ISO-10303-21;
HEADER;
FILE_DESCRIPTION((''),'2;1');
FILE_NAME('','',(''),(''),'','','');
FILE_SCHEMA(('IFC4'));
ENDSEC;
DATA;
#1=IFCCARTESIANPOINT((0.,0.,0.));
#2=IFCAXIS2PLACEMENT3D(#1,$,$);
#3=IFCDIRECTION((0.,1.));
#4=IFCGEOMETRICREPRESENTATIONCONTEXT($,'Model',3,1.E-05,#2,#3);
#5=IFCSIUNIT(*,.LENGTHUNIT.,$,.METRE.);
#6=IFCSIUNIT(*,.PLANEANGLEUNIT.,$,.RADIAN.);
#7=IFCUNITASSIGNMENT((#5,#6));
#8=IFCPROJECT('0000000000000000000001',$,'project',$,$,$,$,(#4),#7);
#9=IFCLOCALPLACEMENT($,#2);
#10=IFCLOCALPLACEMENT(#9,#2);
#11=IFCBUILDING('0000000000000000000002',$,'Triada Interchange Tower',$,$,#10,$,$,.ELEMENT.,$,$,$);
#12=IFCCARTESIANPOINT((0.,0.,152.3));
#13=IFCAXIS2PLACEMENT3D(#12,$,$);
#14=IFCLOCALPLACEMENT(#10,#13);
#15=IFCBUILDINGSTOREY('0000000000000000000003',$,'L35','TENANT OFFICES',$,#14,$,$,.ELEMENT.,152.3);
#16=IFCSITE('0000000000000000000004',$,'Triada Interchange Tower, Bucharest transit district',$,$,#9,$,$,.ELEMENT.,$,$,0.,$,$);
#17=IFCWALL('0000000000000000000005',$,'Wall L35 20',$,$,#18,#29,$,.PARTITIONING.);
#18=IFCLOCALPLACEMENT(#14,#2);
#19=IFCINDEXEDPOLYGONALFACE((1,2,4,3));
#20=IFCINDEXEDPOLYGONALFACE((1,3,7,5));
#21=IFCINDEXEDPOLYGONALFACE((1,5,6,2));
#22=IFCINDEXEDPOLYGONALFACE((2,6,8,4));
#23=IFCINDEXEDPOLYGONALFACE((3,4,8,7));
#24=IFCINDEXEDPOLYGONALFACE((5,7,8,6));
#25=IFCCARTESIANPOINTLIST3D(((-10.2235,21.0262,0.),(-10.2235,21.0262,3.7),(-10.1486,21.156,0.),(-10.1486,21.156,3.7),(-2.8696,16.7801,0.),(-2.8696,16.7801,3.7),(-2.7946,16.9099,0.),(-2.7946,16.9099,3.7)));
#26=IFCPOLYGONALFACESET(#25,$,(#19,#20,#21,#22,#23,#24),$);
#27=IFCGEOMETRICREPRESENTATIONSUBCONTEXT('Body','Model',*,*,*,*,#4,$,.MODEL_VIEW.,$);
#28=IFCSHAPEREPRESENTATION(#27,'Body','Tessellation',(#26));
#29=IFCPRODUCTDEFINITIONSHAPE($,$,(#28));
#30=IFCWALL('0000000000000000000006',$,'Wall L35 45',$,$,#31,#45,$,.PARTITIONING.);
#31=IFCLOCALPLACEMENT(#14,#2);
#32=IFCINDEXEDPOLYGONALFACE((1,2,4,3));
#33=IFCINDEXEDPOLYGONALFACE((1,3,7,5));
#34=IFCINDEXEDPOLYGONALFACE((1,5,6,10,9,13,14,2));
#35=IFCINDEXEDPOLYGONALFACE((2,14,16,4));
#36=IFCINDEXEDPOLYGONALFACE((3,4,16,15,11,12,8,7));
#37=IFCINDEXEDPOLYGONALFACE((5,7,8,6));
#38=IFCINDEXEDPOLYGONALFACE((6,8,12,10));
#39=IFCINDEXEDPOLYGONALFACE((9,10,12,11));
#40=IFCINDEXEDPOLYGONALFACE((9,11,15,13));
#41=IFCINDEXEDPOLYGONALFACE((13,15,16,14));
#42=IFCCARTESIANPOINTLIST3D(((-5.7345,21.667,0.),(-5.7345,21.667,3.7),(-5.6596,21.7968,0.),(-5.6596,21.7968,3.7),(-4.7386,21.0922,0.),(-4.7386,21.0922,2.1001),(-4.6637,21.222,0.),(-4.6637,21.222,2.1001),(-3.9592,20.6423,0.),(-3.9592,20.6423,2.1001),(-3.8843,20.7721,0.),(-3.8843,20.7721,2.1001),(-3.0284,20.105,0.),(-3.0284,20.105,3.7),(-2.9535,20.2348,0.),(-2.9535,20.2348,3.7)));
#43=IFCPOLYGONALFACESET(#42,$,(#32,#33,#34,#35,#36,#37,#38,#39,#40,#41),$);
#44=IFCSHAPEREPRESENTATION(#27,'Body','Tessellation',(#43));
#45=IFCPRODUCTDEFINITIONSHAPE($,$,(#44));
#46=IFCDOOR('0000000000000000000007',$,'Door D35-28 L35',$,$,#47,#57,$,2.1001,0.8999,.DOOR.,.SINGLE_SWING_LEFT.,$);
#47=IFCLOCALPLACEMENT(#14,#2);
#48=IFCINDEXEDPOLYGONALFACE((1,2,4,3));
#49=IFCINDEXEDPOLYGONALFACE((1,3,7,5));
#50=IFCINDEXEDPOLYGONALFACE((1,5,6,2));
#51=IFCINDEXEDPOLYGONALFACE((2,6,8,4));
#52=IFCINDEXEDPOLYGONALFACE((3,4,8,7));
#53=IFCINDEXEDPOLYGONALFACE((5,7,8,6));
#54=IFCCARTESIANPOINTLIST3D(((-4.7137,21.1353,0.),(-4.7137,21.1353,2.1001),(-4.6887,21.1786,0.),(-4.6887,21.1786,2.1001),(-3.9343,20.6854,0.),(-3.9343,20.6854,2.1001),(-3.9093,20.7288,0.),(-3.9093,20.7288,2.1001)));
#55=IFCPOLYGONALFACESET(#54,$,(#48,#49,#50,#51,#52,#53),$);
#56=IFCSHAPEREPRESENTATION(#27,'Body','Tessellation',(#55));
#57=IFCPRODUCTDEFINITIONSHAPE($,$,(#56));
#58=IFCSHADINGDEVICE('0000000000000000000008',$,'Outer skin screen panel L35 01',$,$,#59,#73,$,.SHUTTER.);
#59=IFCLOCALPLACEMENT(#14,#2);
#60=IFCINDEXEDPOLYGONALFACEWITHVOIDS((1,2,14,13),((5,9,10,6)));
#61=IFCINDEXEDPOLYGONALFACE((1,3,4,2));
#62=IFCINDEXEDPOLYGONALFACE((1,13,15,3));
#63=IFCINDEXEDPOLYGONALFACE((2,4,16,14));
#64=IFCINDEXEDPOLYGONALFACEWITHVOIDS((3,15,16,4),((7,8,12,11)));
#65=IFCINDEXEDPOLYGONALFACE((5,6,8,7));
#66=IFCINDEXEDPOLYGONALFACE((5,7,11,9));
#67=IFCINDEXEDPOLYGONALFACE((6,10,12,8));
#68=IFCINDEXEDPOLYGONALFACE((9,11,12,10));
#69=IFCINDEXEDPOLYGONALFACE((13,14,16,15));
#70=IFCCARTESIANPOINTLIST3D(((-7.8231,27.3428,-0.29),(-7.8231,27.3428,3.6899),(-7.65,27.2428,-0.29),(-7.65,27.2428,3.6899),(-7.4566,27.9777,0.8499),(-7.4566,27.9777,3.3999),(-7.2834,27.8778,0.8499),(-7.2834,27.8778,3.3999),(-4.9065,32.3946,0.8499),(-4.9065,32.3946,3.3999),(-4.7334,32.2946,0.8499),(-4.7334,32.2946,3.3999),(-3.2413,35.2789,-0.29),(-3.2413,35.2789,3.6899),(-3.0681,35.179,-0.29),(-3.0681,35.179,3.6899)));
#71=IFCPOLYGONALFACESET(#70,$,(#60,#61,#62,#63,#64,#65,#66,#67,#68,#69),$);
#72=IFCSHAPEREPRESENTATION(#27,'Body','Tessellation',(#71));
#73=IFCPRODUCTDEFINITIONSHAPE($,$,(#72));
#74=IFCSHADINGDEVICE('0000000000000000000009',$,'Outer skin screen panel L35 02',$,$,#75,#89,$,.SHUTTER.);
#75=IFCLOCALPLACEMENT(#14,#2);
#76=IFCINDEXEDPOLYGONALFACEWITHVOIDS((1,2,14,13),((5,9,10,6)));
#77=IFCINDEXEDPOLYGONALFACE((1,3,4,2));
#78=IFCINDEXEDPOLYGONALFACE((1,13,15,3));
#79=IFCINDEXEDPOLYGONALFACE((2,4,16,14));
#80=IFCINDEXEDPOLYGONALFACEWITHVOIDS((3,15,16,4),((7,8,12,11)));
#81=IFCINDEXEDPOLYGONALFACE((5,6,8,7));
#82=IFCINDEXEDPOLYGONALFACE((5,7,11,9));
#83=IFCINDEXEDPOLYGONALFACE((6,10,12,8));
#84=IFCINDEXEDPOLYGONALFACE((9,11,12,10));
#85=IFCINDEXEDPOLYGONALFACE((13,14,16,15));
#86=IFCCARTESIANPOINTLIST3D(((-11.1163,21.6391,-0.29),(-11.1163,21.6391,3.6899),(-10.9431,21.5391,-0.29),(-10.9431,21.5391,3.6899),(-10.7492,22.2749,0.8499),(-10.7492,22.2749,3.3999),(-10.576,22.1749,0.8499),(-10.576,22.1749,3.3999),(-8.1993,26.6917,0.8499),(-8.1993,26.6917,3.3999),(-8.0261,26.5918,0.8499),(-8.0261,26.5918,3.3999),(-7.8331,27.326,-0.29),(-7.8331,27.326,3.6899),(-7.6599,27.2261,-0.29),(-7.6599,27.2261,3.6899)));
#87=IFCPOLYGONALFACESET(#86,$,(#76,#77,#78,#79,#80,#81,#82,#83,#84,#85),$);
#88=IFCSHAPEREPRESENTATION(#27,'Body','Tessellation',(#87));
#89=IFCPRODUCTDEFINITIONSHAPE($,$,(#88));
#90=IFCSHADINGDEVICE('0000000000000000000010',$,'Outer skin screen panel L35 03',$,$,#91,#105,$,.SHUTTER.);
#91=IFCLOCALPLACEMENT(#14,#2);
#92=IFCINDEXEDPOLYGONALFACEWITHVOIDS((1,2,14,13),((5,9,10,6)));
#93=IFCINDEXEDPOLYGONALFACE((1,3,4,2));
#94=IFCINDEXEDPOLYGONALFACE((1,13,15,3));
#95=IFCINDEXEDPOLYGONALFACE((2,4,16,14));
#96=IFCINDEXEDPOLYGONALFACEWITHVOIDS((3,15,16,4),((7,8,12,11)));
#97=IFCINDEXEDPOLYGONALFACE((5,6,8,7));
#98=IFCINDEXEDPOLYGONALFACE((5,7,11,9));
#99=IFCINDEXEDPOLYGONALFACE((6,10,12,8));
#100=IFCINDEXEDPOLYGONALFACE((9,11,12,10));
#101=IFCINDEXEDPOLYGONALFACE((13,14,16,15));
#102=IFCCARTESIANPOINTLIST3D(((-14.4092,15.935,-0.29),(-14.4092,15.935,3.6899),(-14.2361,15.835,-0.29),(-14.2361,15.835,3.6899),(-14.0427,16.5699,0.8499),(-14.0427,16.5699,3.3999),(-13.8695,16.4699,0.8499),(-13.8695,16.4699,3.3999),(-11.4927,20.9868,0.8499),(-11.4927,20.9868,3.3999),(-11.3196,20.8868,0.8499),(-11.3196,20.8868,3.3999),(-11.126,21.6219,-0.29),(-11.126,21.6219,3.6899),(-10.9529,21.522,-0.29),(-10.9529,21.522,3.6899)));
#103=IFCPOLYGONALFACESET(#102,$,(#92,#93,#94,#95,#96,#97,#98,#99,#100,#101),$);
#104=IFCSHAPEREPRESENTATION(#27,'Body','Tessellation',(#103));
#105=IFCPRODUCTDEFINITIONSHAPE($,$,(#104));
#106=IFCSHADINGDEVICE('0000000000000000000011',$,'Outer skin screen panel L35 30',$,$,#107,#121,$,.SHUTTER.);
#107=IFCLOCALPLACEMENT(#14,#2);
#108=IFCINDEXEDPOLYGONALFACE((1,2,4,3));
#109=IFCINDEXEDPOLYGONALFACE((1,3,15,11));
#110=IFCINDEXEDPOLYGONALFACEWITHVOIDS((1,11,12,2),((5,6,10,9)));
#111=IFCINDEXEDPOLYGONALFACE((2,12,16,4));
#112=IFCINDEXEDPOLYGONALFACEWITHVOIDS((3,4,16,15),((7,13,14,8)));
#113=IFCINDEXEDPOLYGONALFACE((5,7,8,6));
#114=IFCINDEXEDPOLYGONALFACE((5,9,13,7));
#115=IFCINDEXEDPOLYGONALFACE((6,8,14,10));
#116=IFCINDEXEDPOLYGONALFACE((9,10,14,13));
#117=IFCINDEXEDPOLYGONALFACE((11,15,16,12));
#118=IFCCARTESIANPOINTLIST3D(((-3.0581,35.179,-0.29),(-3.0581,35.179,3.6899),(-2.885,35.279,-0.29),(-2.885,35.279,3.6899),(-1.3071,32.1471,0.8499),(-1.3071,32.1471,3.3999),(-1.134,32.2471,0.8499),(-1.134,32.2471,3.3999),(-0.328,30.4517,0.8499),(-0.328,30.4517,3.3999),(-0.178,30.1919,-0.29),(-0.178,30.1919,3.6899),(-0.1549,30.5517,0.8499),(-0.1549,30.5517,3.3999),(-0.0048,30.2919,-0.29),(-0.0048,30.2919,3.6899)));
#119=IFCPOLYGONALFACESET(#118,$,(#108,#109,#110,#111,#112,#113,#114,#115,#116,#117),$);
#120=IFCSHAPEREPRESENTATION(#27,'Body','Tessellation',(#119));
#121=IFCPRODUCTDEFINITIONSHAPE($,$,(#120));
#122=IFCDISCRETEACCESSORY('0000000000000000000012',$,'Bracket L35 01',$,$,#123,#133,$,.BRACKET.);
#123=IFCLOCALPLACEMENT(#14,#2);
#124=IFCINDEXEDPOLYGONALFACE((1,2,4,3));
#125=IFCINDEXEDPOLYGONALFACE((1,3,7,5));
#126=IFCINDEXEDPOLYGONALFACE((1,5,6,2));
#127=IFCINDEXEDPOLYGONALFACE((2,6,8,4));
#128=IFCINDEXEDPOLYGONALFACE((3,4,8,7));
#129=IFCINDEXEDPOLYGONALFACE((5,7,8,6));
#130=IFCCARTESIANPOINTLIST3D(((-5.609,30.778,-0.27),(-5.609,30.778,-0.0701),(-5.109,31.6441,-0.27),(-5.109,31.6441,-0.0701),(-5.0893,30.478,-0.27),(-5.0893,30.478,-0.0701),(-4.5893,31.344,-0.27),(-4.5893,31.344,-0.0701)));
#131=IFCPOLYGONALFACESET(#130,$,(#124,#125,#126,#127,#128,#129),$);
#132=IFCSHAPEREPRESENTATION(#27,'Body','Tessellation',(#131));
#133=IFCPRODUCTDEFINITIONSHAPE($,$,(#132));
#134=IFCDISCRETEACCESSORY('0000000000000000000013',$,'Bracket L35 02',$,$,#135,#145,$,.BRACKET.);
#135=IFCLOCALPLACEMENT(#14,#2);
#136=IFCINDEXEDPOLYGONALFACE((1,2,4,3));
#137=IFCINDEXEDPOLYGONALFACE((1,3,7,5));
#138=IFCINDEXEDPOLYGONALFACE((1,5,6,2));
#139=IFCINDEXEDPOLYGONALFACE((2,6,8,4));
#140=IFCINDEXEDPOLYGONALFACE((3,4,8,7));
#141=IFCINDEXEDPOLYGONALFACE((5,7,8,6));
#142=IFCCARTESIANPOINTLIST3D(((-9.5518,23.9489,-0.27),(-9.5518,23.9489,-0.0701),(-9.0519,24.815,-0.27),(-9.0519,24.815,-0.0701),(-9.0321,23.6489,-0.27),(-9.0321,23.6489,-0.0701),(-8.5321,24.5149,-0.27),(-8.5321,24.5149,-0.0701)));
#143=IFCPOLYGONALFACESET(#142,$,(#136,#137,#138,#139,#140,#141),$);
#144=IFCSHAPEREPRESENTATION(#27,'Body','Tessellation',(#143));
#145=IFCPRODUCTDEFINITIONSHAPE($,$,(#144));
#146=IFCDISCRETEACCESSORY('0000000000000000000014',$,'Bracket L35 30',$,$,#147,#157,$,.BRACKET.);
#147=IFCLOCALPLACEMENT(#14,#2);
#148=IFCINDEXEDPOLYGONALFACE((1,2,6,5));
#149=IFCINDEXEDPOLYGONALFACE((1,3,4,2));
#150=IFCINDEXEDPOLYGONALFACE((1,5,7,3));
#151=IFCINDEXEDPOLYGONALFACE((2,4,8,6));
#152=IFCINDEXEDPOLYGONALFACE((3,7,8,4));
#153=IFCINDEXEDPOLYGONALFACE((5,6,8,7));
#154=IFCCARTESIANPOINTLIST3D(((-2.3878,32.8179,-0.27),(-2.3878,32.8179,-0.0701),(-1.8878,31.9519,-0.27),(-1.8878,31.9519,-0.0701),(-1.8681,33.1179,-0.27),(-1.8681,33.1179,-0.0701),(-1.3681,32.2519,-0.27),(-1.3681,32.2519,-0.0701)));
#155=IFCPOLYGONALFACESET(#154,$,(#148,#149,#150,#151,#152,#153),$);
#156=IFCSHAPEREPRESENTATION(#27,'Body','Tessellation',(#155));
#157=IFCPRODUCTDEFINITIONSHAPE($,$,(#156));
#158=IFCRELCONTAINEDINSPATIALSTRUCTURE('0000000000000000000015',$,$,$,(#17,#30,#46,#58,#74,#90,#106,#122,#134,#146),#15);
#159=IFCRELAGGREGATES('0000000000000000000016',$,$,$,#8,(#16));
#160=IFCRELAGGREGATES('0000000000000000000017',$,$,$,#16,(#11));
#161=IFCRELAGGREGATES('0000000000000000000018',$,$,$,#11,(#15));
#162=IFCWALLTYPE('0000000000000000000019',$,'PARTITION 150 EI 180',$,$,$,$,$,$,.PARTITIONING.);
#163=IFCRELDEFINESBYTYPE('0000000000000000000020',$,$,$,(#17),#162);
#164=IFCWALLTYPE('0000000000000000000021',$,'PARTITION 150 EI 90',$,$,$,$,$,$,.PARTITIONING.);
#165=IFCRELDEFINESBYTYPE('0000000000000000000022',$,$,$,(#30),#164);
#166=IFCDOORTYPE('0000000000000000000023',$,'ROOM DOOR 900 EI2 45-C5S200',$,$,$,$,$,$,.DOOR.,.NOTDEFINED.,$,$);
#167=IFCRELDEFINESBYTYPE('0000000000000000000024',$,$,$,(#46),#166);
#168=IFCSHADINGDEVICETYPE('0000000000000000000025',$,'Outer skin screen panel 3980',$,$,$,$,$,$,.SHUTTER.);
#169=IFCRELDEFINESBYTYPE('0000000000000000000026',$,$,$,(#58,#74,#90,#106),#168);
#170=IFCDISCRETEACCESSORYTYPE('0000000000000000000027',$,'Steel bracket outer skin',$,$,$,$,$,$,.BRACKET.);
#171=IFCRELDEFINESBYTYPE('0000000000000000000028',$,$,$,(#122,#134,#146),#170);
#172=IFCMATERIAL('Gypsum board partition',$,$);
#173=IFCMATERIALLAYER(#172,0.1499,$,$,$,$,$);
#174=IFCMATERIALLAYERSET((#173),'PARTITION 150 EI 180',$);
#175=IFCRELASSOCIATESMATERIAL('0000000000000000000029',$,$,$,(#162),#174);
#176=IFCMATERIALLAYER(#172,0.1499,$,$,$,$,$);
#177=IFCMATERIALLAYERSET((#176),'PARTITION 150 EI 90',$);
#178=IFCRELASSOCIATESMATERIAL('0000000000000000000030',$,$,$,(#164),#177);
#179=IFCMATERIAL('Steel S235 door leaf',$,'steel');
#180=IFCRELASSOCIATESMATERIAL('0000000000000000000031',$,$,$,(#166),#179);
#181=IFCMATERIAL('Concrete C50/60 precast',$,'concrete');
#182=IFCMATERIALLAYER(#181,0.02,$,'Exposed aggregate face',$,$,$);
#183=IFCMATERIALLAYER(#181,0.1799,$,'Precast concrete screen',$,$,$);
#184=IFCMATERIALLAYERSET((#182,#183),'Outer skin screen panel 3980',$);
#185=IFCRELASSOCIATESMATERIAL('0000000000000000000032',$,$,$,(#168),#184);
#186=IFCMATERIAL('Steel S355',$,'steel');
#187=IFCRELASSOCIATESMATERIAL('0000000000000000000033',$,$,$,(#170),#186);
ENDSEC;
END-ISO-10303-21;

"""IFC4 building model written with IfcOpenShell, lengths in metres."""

from ifc_helpers import new_model, si_unit, direction, frame, frame_2d, origin, origin_2d, place, context, subcontext, project, spatial, polyline, rectangle, outline, extrude, material, layer, layer_set, type_object, element, fill, save


model = new_model("IFC4")

# Units and contexts
model_context = context("Model", 3, precision=1e-05, world=origin(), true_north=direction((0.0, 1.0)))
body_context = subcontext(model_context, "Body", "Model", "MODEL_VIEW")
ifc_project = project(units=[si_unit("LENGTHUNIT", "METRE"), si_unit("PLANEANGLEUNIT", "RADIAN")], contexts=[model_context])

# Site, building, storey
site_placement = place(None, origin())
site = spatial("IfcSite", under=ifc_project, at=site_placement, Name="Triada Interchange Tower, Bucharest transit district", CompositionType="ELEMENT", RefElevation=0.0)
building_placement = place(site_placement, origin())
building = spatial("IfcBuilding", under=site, at=building_placement, Name="Triada Interchange Tower", CompositionType="ELEMENT")
storey_placement = place(building_placement, frame((0.0, 0.0, 152.3)))
storey = spatial("IfcBuildingStorey", under=building, at=storey_placement, Name="L35", Description="TENANT OFFICES", CompositionType="ELEMENT", Elevation=152.3)

# Wall
ifc_material_1 = material(Name="Gypsum board partition")
ifc_layer_1 = layer(ifc_material_1, 0.1499)
ifc_layer_set_1 = layer_set([ifc_layer_1], Name="PARTITION 150 EI 180")
wall_type_1 = type_object("IfcWallType", Name="PARTITION 150 EI 180", PredefinedType="PARTITIONING", material=ifc_layer_set_1)
wall_1_placement = place(storey_placement, frame((-10.186, 21.0911, 0.0), z_axis=(0.0, 0.0, 1.0), x_axis=(0.866012, -0.500023, 0.0)))
element("IfcWall", 1, at=wall_1_placement, inside=storey, type_object=wall_type_1, Name="Wall L35 20", PredefinedType="PARTITIONING", context=body_context, shape_type="SweptSolid", body=[
    extrude(rectangle(XDim=8.4917, YDim=0.1499, at=frame_2d((4.2458, 0.0))), origin(), (0.0, 0.0, 1.0), 3.7),
])

# Wall, opening, door
ifc_layer_2 = layer(ifc_material_1, 0.1499)
ifc_layer_set_2 = layer_set([ifc_layer_2], Name="PARTITION 150 EI 90")
wall_type_2 = type_object("IfcWallType", Name="PARTITION 150 EI 90", PredefinedType="PARTITIONING", material=ifc_layer_set_2)
wall_2_placement = place(storey_placement, frame((-5.697, 21.7319, 0.0), z_axis=(0.0, 0.0, 1.0), x_axis=(0.866071, -0.499921, 0.0)))
wall_2 = element("IfcWall", 2, at=wall_2_placement, inside=storey, type_object=wall_type_2, Name="Wall L35 45", PredefinedType="PARTITIONING", context=body_context, shape_type="SweptSolid", body=[
    extrude(rectangle(XDim=3.1245, YDim=0.1499, at=frame_2d((1.5623, 0.0))), origin(), (0.0, 0.0, 1.0), 3.7),
])
opening_1_placement = place(wall_2_placement, frame((1.1499, 0.0, 0.0)))
opening_1 = element("IfcOpeningElement", 3, at=opening_1_placement, cuts=wall_2, PredefinedType="OPENING", context=body_context, shape_type="SweptSolid", body=[
    extrude(rectangle(XDim=0.8999, YDim=2.1001, at=frame_2d((0.45, 1.05))), frame((0.0, 0.085, 0.0), z_axis=(0.0, -1.0, 0.0), x_axis=(1.0, 0.0, 0.0)), (0.0, 0.0, 1.0), 0.1699),
])
ifc_material_2 = material(Name="Steel S235 door leaf", Category="steel")
door_type = type_object("IfcDoorType", Name="ROOM DOOR 900 EI2 45-C5S200", OperationType="NOTDEFINED", PredefinedType="DOOR", material=ifc_material_2)
door_placement = place(opening_1_placement, origin())
door = element("IfcDoor", 4, at=door_placement, inside=storey, type_object=door_type, Name="Door D35-28 L35", OperationType="SINGLE_SWING_LEFT", OverallHeight=2.1001, OverallWidth=0.8999, PredefinedType="DOOR", context=body_context, shape_type="SweptSolid", body=[
    extrude(rectangle(XDim=0.8999, YDim=2.1001, at=frame_2d((0.45, 1.05))), frame((0.0, 0.0249, 0.0), z_axis=(0.0, -1.0, 0.0), x_axis=(1.0, 0.0, 0.0)), (0.0, 0.0, 1.0), 0.05),
])
fill(opening_1, door)

# Shading devices
ifc_material_3 = material(Name="Concrete C50/60 precast", Category="concrete")
ifc_layer_3 = layer(ifc_material_3, 0.02, Name="Exposed aggregate face")
ifc_layer_4 = layer(ifc_material_3, 0.1799, Name="Precast concrete screen")
ifc_layer_set_3 = layer_set([ifc_layer_3, ifc_layer_4], Name="Outer skin screen panel 3980")
shading_device_type = type_object("IfcShadingDeviceType", Name="Outer skin screen panel 3980", PredefinedType="SHUTTER", material=ifc_layer_set_3)
shading_device_1_placement = place(storey_placement, frame((-3.0681, 35.179, -0.29), z_axis=(0.0, 0.0, 1.0), x_axis=(-0.499993, -0.866029, 0.0)))
element("IfcShadingDevice", 5, at=shading_device_1_placement, inside=storey, type_object=shading_device_type, Name="Outer skin screen panel L35 01", PredefinedType="SHUTTER", context=body_context, shape_type="SweptSolid", body=[
    extrude(outline(polyline([(0.0, 0.0), (9.1638, 0.0), (9.1638, 3.98), (0.0, 3.98), (0.0, 0.0)]), holes=[polyline([(3.3306, 1.1399), (3.3306, 3.6899), (8.4307, 3.6899), (8.4307, 1.1399), (3.3306, 1.1399)])]), frame((0.0, 0.0, 0.0), z_axis=(0.0, -1.0, 0.0), x_axis=(1.0, 0.0, 0.0)), (0.0, 0.0, 1.0), 0.2),
])
shading_device_2_placement = place(storey_placement, frame((-7.6599, 27.2261, -0.29), z_axis=(0.0, 0.0, 1.0), x_axis=(-0.499978, -0.866038, 0.0)))
element("IfcShadingDevice", 6, at=shading_device_2_placement, inside=storey, type_object=shading_device_type, Name="Outer skin screen panel L35 02", PredefinedType="SHUTTER", context=body_context, shape_type="SweptSolid", body=[
    extrude(outline(polyline([(0.0, 0.0), (6.5667, 0.0), (6.5667, 3.98), (0.0, 3.98), (0.0, 0.0)]), holes=[polyline([(0.7324, 1.1399), (0.7324, 3.6899), (5.8325, 3.6899), (5.8325, 1.1399), (0.7324, 1.1399)])]), frame((0.0, 0.0, 0.0), z_axis=(0.0, -1.0, 0.0), x_axis=(1.0, 0.0, 0.0)), (0.0, 0.0, 1.0), 0.2),
])
shading_device_3_placement = place(storey_placement, frame((-10.9529, 21.522, -0.29), z_axis=(0.0, 0.0, 1.0), x_axis=(-0.499978, -0.866038, 0.0)))
element("IfcShadingDevice", 7, at=shading_device_3_placement, inside=storey, type_object=shading_device_type, Name="Outer skin screen panel L35 03", PredefinedType="SHUTTER", context=body_context, shape_type="SweptSolid", body=[
    extrude(outline(polyline([(0.0, 0.0), (6.5667, 0.0), (6.5667, 3.98), (0.0, 3.98), (0.0, 0.0)]), holes=[polyline([(0.7334, 1.1399), (0.7334, 3.6899), (5.8335, 3.6899), (5.8335, 1.1399), (0.7334, 1.1399)])]), frame((0.0, 0.0, 0.0), z_axis=(0.0, -1.0, 0.0), x_axis=(1.0, 0.0, 0.0)), (0.0, 0.0, 1.0), 0.2),
])
shading_device_4_placement = place(storey_placement, frame((-0.178, 30.1919, -0.29), z_axis=(0.0, 0.0, 1.0), x_axis=(-0.50011, 0.865962, 0.0)))
element("IfcShadingDevice", 8, at=shading_device_4_placement, inside=storey, type_object=shading_device_type, Name="Outer skin screen panel L35 30", PredefinedType="SHUTTER", context=body_context, shape_type="SweptSolid", body=[
    extrude(outline(polyline([(0.0, 0.0), (5.759, 0.0), (5.759, 3.98), (0.0, 3.98), (0.0, 0.0)]), holes=[polyline([(0.3, 1.1399), (0.3, 3.6899), (2.2578, 3.6899), (2.2578, 1.1399), (0.3, 1.1399)])]), frame((0.0, 0.0, 0.0), z_axis=(0.0, -1.0, 0.0), x_axis=(1.0, 0.0, 0.0)), (0.0, 0.0, 1.0), 0.2),
])

# Discrete accessories
ifc_material_4 = material(Name="Steel S355", Category="steel")
discrete_accessory_type = type_object("IfcDiscreteAccessoryType", Name="Steel bracket outer skin", PredefinedType="BRACKET", material=ifc_material_4)
for number, where, z_axis, x_axis, name in (
    (9, (-5.0991, 31.061, -0.27), (0.0, 0.0, 1.0), (-0.866036, 0.499982, 0.0), "Bracket L35 01"),
    (10, (-9.042, 24.2319, -0.27), (0.0, 0.0, 1.0), (-0.866036, 0.499982, 0.0), "Bracket L35 02"),
    (11, (-1.8779, 32.5349, -0.27), (0.0, 0.0, 1.0), (0.866014, 0.500019, 0.0), "Bracket L35 30"),
):
    element("IfcDiscreteAccessory", number, at=place(storey_placement, frame(where, z_axis=z_axis, x_axis=x_axis)), inside=storey, type_object=discrete_accessory_type, Name=name, PredefinedType="BRACKET", context=body_context, shape_type="SweptSolid", body=[
        extrude(rectangle(XDim=0.6001, YDim=1.0, at=origin_2d()), origin(), (0.0, 0.0, 1.0), 0.2),
    ])

save(model, "model.ifc")
